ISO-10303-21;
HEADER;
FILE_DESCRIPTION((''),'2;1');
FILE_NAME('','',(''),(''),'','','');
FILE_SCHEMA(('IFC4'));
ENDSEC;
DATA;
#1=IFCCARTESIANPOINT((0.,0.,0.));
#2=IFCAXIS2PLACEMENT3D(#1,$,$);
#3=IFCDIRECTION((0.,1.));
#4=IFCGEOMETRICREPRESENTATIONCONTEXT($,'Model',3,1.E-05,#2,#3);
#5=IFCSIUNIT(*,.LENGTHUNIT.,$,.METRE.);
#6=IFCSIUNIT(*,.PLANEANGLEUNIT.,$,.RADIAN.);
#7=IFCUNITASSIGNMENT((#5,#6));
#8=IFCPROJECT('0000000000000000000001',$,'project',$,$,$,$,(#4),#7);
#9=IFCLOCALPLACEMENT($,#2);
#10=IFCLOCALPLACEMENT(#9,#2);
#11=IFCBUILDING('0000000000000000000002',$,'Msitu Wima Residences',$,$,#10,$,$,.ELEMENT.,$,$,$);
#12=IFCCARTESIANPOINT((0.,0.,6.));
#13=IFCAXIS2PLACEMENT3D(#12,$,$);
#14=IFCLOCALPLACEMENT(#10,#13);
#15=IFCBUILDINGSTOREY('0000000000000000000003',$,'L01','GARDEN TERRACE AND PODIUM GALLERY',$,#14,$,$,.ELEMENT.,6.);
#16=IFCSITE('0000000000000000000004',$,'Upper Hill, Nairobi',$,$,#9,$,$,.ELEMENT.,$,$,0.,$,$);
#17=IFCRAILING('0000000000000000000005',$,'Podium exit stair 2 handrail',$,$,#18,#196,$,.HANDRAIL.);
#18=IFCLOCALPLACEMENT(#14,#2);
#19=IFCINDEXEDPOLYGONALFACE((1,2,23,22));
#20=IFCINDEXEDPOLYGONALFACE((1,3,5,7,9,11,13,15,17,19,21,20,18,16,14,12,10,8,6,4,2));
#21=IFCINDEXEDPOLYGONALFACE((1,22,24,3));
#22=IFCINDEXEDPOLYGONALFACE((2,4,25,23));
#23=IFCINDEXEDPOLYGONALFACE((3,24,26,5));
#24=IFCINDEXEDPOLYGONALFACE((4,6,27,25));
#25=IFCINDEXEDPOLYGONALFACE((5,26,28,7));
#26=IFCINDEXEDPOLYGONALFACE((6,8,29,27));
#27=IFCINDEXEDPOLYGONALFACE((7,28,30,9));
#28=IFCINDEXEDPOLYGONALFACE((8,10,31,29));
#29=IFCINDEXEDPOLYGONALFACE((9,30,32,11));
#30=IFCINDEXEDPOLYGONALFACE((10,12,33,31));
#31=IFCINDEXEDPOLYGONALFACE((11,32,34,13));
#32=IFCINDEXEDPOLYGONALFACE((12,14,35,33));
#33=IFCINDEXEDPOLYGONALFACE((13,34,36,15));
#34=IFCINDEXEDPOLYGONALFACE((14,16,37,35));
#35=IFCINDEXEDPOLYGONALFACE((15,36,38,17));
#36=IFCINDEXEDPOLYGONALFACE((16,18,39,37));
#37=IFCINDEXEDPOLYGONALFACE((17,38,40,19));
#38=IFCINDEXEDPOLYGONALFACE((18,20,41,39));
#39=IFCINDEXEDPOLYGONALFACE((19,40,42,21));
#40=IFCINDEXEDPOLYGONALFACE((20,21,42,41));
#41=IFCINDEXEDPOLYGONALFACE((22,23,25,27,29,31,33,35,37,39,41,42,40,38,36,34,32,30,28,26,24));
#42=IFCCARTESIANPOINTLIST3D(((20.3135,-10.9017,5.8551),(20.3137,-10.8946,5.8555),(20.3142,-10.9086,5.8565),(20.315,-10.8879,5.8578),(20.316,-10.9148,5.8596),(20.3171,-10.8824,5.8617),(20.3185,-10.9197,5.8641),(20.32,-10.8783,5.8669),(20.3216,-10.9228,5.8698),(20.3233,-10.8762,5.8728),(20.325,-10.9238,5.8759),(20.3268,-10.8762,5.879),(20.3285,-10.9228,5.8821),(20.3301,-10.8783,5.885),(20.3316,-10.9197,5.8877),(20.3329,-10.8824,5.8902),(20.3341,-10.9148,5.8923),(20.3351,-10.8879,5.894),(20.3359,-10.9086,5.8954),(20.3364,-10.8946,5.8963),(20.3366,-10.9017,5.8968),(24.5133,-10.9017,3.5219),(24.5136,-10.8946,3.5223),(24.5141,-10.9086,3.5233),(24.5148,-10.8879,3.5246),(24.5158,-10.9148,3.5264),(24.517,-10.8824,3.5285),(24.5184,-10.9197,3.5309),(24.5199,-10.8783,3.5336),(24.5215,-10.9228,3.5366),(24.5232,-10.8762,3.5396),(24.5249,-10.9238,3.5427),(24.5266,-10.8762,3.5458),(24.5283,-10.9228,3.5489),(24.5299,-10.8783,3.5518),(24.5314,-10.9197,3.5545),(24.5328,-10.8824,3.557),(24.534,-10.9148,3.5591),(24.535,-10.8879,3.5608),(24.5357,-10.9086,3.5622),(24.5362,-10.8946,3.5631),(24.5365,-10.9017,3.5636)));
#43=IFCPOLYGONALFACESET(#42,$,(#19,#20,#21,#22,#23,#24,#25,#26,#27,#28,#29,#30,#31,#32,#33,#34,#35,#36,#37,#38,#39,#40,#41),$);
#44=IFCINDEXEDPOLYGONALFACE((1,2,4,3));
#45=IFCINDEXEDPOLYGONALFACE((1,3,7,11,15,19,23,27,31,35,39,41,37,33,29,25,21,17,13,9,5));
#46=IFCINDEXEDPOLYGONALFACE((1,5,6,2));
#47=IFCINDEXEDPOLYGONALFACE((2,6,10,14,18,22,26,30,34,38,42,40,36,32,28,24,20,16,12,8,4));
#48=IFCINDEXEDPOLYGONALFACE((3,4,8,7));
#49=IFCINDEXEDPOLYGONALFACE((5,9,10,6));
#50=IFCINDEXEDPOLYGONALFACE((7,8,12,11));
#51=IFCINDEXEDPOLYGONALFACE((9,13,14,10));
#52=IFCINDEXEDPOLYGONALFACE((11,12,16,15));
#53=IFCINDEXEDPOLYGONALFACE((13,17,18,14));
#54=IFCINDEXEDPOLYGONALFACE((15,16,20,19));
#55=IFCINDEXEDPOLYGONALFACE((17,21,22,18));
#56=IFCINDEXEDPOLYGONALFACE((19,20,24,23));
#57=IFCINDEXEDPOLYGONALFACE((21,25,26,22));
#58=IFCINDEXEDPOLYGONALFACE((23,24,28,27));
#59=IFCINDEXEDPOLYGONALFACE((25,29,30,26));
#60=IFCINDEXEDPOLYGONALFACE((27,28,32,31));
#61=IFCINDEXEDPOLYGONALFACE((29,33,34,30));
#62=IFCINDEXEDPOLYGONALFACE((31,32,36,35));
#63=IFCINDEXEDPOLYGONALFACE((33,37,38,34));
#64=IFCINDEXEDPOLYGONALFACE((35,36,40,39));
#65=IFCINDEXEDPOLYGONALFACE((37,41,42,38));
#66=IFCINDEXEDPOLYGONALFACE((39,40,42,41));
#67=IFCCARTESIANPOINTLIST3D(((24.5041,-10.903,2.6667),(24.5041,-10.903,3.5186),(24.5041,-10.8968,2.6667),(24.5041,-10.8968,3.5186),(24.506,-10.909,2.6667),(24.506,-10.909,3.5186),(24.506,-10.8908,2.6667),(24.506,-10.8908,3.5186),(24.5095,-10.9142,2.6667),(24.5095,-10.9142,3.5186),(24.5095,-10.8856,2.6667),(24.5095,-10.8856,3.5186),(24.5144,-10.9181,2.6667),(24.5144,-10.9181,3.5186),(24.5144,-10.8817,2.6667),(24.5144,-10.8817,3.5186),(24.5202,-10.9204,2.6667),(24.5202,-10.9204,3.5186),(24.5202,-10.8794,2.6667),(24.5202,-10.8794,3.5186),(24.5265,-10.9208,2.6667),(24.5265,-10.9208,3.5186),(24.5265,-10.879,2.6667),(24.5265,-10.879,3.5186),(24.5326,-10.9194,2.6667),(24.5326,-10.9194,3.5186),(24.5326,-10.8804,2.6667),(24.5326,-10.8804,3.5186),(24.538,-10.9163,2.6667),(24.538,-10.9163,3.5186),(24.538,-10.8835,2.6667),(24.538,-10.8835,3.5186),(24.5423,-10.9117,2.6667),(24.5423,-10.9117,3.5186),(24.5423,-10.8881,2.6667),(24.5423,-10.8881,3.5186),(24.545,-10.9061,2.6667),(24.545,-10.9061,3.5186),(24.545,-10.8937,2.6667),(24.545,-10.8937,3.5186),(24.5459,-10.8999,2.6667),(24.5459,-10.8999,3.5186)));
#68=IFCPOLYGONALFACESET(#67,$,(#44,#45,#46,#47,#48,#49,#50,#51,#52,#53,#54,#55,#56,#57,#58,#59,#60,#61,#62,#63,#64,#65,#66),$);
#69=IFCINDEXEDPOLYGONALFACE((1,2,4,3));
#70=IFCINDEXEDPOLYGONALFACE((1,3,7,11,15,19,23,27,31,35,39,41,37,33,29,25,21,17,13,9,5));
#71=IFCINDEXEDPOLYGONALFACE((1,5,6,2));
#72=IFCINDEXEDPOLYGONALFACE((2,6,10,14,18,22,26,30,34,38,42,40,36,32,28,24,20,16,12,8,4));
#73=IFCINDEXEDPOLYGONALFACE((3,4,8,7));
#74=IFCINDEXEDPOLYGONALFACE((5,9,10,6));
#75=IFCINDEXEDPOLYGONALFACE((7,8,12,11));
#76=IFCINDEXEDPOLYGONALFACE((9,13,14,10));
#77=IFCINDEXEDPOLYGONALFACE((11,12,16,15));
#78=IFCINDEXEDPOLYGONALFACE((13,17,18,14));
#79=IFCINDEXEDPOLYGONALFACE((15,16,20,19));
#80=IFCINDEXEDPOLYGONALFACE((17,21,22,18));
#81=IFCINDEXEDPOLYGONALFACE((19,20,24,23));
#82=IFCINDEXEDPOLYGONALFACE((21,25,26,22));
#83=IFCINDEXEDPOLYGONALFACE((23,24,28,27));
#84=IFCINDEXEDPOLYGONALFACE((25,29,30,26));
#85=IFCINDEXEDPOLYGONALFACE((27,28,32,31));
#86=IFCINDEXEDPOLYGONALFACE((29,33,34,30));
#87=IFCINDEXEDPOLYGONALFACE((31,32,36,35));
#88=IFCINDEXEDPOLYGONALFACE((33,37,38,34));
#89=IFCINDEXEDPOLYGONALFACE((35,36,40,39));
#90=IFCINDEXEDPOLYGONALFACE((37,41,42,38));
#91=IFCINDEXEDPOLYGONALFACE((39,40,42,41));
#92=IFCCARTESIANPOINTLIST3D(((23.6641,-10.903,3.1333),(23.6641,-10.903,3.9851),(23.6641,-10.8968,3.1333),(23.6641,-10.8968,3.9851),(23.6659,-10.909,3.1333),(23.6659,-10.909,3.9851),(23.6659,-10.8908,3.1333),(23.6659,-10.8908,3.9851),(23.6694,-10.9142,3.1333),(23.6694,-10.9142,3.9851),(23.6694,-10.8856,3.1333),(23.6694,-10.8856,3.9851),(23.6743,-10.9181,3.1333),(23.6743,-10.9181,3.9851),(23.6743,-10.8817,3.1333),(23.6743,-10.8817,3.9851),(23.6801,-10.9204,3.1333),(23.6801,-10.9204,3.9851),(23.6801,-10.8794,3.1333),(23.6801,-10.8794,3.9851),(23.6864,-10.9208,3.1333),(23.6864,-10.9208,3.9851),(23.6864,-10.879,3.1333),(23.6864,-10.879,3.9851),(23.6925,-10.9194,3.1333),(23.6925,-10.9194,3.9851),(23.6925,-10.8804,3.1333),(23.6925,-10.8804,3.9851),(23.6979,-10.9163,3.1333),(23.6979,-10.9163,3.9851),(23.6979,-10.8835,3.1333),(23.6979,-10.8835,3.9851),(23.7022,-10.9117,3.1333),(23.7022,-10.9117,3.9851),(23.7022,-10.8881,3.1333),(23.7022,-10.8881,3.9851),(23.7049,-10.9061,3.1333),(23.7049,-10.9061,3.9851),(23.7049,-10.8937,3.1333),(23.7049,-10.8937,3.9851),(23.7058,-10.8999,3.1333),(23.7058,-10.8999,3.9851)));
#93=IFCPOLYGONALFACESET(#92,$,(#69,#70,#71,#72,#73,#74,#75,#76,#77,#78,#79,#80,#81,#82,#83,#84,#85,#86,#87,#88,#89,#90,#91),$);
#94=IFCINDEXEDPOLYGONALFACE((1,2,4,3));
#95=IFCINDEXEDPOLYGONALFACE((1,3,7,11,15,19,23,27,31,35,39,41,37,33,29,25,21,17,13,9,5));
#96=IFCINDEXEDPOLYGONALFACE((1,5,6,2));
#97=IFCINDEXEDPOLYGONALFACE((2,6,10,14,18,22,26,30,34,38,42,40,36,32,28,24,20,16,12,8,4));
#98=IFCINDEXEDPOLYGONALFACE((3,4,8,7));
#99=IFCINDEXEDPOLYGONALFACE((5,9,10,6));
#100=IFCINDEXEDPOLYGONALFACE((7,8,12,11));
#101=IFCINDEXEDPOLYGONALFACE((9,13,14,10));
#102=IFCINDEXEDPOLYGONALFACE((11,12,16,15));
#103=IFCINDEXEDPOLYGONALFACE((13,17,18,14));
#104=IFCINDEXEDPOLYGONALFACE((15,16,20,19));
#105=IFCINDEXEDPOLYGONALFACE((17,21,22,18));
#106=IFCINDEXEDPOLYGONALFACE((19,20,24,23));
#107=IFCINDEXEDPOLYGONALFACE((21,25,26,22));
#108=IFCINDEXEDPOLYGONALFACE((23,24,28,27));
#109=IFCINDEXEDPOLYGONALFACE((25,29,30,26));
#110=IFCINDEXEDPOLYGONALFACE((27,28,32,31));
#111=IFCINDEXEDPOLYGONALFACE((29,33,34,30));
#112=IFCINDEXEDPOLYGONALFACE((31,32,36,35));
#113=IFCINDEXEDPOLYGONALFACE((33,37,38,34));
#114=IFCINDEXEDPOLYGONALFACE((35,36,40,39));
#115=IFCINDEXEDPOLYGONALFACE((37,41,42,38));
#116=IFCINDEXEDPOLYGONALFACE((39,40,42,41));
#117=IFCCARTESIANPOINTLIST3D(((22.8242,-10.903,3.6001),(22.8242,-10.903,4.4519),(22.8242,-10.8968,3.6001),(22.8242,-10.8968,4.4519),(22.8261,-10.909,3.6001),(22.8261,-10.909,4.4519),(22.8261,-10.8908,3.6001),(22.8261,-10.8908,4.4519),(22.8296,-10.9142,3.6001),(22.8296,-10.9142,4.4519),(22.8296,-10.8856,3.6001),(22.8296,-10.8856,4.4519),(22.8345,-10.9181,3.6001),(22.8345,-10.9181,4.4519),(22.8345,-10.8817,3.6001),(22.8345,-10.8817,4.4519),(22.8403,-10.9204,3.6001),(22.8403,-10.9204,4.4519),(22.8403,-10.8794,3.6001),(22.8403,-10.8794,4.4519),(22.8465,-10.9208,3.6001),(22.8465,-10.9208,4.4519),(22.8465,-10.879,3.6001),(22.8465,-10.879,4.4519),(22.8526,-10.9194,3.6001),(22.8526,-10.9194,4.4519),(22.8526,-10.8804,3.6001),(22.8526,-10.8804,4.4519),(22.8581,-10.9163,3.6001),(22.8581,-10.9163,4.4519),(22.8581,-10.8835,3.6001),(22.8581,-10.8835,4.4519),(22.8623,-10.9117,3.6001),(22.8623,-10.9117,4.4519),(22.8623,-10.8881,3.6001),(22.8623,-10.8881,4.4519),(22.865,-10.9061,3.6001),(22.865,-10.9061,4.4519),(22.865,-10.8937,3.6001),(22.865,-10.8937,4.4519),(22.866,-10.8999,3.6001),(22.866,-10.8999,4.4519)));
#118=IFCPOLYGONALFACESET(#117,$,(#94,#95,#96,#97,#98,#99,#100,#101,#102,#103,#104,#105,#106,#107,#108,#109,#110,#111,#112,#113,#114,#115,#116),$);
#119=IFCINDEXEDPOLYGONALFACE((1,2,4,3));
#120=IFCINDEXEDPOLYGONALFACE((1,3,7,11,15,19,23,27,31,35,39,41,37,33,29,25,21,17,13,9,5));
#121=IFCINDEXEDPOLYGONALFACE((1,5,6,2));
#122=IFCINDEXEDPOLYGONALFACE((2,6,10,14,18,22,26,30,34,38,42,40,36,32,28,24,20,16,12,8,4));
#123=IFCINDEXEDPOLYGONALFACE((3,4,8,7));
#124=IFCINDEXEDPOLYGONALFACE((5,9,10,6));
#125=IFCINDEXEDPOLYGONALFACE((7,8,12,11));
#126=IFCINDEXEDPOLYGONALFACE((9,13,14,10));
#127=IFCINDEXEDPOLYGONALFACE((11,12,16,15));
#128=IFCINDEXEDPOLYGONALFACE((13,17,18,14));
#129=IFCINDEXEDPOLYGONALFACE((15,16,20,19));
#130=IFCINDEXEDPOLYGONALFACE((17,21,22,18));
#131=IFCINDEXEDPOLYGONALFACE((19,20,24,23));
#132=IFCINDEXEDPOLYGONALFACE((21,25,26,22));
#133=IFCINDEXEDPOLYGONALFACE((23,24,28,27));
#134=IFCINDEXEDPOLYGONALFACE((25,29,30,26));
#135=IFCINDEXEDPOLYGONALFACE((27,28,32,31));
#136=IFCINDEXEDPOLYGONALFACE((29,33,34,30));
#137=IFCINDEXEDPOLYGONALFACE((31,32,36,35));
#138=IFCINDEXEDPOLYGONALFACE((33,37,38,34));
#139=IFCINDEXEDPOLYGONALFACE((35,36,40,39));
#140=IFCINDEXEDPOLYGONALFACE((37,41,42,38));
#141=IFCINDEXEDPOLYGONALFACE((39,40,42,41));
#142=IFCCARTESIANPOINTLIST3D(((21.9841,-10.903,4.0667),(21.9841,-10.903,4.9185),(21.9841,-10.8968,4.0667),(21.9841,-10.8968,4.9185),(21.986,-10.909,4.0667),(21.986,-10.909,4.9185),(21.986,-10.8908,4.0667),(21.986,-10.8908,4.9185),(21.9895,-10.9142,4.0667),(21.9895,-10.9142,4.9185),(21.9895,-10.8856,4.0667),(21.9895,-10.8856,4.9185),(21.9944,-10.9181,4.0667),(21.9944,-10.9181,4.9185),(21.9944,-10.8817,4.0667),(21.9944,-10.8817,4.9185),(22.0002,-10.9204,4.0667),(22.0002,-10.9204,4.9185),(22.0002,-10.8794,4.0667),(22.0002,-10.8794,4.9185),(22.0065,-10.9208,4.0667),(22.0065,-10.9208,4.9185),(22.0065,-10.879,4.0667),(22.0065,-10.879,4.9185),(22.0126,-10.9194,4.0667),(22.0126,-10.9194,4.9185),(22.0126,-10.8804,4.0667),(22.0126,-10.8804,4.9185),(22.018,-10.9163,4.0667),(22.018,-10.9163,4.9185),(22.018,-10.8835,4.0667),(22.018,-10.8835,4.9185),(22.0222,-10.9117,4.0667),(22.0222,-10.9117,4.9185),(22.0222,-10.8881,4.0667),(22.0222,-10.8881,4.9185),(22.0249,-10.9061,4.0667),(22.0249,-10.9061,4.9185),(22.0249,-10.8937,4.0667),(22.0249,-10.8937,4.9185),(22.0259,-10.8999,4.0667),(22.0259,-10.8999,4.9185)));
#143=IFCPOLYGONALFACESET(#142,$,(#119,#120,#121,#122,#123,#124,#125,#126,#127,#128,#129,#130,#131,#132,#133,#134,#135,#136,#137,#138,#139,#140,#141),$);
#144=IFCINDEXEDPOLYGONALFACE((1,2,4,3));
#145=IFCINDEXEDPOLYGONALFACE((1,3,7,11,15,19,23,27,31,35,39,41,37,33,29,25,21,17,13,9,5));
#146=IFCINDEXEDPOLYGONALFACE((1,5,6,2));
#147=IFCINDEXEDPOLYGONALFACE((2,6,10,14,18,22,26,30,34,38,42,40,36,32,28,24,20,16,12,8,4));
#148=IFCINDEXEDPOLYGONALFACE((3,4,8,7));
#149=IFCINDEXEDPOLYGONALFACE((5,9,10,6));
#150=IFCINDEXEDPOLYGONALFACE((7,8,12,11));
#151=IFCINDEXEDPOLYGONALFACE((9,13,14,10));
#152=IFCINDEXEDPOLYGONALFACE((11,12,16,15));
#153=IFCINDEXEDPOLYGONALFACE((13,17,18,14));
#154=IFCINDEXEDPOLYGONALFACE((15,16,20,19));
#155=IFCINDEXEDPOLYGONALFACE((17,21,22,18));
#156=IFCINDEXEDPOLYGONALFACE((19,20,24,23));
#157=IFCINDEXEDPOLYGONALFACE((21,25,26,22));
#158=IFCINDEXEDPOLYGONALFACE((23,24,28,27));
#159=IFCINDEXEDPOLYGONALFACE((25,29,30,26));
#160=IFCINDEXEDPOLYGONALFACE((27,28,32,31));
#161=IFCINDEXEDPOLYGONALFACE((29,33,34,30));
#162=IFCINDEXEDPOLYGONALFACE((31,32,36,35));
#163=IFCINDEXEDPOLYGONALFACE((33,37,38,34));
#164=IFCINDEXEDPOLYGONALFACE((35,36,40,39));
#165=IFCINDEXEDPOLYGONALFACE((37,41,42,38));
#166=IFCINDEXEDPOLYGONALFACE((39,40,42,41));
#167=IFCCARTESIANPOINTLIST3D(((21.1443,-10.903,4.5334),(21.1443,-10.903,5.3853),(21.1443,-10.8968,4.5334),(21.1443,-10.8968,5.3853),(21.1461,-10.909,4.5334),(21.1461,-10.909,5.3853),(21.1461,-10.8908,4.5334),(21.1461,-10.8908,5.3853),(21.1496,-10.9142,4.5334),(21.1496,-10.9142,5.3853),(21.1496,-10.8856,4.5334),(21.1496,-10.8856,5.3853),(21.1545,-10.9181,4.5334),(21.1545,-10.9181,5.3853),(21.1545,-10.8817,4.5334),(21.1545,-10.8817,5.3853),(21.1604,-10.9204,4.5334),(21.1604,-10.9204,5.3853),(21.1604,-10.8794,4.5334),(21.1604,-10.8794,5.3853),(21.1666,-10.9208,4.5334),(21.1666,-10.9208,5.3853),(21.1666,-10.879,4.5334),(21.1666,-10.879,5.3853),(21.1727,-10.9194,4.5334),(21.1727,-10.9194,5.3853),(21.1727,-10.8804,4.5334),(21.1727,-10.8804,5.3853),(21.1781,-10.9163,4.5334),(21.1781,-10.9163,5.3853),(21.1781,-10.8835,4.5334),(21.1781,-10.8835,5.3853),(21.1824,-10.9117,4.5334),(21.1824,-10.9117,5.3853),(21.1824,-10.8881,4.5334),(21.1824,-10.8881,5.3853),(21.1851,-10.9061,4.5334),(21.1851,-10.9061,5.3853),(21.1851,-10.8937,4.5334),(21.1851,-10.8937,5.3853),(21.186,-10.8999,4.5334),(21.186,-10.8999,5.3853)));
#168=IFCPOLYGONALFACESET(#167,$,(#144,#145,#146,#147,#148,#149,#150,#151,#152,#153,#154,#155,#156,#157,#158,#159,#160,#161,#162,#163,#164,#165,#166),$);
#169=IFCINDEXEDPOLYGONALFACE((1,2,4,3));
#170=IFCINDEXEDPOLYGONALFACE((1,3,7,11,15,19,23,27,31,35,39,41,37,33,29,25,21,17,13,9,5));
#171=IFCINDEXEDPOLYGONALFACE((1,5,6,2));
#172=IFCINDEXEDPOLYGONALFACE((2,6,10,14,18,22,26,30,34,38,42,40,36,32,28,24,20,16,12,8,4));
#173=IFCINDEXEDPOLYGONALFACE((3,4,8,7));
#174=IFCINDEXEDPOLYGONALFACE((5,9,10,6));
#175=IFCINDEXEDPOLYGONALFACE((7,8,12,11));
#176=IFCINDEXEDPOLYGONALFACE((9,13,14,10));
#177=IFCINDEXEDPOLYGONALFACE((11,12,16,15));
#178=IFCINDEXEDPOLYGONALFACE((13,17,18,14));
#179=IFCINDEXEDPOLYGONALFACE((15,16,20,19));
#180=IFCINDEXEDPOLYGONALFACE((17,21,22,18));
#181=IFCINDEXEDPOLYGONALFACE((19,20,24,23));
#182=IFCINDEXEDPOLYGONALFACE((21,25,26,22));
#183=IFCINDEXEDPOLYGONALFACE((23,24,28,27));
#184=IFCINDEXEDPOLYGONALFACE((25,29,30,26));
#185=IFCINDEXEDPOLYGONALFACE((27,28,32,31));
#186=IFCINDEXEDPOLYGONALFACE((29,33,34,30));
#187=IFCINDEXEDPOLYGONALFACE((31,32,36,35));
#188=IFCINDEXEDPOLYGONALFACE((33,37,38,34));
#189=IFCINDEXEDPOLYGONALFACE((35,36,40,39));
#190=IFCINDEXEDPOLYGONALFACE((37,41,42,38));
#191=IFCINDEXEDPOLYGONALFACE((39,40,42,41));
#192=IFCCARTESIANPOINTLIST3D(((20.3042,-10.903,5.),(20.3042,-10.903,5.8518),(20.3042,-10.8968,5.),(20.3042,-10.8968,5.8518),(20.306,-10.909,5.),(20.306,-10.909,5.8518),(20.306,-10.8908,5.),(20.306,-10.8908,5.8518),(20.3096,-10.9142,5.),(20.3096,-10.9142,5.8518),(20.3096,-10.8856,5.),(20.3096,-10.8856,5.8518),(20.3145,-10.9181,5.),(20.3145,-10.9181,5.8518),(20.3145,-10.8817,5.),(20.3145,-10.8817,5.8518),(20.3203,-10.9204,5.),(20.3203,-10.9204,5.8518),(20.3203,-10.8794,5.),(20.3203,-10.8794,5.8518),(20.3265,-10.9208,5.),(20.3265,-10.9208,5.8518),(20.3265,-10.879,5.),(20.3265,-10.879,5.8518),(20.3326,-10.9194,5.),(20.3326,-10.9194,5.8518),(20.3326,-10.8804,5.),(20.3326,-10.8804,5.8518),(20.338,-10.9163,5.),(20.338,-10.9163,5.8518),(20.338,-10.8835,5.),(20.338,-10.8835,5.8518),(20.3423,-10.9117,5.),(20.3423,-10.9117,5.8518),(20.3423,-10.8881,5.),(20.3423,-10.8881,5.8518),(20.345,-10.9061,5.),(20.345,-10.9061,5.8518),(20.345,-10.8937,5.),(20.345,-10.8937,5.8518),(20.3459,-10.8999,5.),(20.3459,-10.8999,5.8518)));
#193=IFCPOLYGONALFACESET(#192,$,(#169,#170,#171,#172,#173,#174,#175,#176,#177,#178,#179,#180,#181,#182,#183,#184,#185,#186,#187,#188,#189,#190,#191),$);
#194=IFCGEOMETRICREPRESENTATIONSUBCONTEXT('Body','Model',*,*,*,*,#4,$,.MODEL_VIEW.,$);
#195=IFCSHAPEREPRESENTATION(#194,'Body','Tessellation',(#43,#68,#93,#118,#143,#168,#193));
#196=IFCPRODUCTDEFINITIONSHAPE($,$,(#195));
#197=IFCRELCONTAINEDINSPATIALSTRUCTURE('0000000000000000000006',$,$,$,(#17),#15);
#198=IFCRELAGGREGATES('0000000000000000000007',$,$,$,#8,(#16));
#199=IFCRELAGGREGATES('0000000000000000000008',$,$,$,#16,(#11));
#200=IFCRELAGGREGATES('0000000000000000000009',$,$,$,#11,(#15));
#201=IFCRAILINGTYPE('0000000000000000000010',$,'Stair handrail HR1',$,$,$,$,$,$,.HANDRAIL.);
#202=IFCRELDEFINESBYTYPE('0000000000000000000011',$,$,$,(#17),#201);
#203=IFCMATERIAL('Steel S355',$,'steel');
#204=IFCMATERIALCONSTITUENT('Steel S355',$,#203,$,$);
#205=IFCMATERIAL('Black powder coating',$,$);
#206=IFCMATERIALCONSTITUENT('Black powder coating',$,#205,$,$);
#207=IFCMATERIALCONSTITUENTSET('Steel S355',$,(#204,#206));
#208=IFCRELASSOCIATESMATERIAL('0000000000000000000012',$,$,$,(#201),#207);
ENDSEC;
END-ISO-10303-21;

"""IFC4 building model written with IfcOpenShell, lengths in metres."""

from ifc_helpers import new_model, si_unit, direction, frame, origin, origin_2d, place, context, subcontext, project, spatial, circle, extrude, material, constituent, constituent_set, type_object, element, save


model = new_model("IFC4")

# Units and contexts
model_context = context("Model", 3, precision=1e-05, world=origin(), true_north=direction((0.0, 1.0)))
body_context = subcontext(model_context, "Body", "Model", "MODEL_VIEW")
ifc_project = project(units=[si_unit("LENGTHUNIT", "METRE"), si_unit("PLANEANGLEUNIT", "RADIAN")], contexts=[model_context])

# Site, building, storey
site_placement = place(None, origin())
site = spatial("IfcSite", under=ifc_project, at=site_placement, Name="Upper Hill, Nairobi", CompositionType="ELEMENT", RefElevation=0.0)
building_placement = place(site_placement, origin())
building = spatial("IfcBuilding", under=site, at=building_placement, Name="Msitu Wima Residences", CompositionType="ELEMENT")
storey_placement = place(building_placement, frame((0.0, 0.0, 6.0)))
storey = spatial("IfcBuildingStorey", under=building, at=storey_placement, Name="L01", Description="GARDEN TERRACE AND PODIUM GALLERY", CompositionType="ELEMENT", Elevation=6.0)

# Railing
ifc_material_1 = material(Name="Steel S355", Category="steel")
ifc_constituent_1 = constituent(ifc_material_1, Name="Steel S355")
ifc_material_2 = material(Name="Black powder coating")
ifc_constituent_2 = constituent(ifc_material_2, Name="Black powder coating")
ifc_constituent_set = constituent_set(constituents=[ifc_constituent_1, ifc_constituent_2], Name="Steel S355")
railing_type = type_object("IfcRailingType", Name="Stair handrail HR1", PredefinedType="HANDRAIL", material=ifc_constituent_set)
for number, where, name in (
    (1, (24.5249, -10.8999, 2.6667), "Podium exit stair 2 handrail"),
):
    element("IfcRailing", number, at=place(storey_placement, frame(where)), inside=storey, type_object=railing_type, Name=name, PredefinedType="HANDRAIL", context=body_context, shape_type="SweptSolid", body=[
        extrude(circle(Radius=0.0239, at=origin_2d()), frame((0.0, 0.0, 0.876), z_axis=(-0.874162, 0.0, 0.485634), x_axis=(0.0, -1.0, 0.0)), (0.0, 0.0, 1.0), 4.8044),
        extrude(circle(Radius=0.021, at=origin_2d()), origin(), (0.0, 0.0, 1.0), 0.8518),
        extrude(circle(Radius=0.021, at=origin_2d()), frame((-0.8401, 0.0, 0.4666)), (0.0, 0.0, 1.0), 0.8518),
        extrude(circle(Radius=0.021, at=origin_2d()), frame((-1.6799, 0.0, 0.9333)), (0.0, 0.0, 1.0), 0.8518),
        extrude(circle(Radius=0.021, at=origin_2d()), frame((-2.52, 0.0, 1.3999)), (0.0, 0.0, 1.0), 0.8518),
        extrude(circle(Radius=0.021, at=origin_2d()), frame((-3.3599, 0.0, 1.8667)), (0.0, 0.0, 1.0), 0.8518),
        extrude(circle(Radius=0.021, at=origin_2d()), frame((-4.2, 0.0, 2.3333)), (0.0, 0.0, 1.0), 0.8518),
    ])

save(model, "model.ifc")
